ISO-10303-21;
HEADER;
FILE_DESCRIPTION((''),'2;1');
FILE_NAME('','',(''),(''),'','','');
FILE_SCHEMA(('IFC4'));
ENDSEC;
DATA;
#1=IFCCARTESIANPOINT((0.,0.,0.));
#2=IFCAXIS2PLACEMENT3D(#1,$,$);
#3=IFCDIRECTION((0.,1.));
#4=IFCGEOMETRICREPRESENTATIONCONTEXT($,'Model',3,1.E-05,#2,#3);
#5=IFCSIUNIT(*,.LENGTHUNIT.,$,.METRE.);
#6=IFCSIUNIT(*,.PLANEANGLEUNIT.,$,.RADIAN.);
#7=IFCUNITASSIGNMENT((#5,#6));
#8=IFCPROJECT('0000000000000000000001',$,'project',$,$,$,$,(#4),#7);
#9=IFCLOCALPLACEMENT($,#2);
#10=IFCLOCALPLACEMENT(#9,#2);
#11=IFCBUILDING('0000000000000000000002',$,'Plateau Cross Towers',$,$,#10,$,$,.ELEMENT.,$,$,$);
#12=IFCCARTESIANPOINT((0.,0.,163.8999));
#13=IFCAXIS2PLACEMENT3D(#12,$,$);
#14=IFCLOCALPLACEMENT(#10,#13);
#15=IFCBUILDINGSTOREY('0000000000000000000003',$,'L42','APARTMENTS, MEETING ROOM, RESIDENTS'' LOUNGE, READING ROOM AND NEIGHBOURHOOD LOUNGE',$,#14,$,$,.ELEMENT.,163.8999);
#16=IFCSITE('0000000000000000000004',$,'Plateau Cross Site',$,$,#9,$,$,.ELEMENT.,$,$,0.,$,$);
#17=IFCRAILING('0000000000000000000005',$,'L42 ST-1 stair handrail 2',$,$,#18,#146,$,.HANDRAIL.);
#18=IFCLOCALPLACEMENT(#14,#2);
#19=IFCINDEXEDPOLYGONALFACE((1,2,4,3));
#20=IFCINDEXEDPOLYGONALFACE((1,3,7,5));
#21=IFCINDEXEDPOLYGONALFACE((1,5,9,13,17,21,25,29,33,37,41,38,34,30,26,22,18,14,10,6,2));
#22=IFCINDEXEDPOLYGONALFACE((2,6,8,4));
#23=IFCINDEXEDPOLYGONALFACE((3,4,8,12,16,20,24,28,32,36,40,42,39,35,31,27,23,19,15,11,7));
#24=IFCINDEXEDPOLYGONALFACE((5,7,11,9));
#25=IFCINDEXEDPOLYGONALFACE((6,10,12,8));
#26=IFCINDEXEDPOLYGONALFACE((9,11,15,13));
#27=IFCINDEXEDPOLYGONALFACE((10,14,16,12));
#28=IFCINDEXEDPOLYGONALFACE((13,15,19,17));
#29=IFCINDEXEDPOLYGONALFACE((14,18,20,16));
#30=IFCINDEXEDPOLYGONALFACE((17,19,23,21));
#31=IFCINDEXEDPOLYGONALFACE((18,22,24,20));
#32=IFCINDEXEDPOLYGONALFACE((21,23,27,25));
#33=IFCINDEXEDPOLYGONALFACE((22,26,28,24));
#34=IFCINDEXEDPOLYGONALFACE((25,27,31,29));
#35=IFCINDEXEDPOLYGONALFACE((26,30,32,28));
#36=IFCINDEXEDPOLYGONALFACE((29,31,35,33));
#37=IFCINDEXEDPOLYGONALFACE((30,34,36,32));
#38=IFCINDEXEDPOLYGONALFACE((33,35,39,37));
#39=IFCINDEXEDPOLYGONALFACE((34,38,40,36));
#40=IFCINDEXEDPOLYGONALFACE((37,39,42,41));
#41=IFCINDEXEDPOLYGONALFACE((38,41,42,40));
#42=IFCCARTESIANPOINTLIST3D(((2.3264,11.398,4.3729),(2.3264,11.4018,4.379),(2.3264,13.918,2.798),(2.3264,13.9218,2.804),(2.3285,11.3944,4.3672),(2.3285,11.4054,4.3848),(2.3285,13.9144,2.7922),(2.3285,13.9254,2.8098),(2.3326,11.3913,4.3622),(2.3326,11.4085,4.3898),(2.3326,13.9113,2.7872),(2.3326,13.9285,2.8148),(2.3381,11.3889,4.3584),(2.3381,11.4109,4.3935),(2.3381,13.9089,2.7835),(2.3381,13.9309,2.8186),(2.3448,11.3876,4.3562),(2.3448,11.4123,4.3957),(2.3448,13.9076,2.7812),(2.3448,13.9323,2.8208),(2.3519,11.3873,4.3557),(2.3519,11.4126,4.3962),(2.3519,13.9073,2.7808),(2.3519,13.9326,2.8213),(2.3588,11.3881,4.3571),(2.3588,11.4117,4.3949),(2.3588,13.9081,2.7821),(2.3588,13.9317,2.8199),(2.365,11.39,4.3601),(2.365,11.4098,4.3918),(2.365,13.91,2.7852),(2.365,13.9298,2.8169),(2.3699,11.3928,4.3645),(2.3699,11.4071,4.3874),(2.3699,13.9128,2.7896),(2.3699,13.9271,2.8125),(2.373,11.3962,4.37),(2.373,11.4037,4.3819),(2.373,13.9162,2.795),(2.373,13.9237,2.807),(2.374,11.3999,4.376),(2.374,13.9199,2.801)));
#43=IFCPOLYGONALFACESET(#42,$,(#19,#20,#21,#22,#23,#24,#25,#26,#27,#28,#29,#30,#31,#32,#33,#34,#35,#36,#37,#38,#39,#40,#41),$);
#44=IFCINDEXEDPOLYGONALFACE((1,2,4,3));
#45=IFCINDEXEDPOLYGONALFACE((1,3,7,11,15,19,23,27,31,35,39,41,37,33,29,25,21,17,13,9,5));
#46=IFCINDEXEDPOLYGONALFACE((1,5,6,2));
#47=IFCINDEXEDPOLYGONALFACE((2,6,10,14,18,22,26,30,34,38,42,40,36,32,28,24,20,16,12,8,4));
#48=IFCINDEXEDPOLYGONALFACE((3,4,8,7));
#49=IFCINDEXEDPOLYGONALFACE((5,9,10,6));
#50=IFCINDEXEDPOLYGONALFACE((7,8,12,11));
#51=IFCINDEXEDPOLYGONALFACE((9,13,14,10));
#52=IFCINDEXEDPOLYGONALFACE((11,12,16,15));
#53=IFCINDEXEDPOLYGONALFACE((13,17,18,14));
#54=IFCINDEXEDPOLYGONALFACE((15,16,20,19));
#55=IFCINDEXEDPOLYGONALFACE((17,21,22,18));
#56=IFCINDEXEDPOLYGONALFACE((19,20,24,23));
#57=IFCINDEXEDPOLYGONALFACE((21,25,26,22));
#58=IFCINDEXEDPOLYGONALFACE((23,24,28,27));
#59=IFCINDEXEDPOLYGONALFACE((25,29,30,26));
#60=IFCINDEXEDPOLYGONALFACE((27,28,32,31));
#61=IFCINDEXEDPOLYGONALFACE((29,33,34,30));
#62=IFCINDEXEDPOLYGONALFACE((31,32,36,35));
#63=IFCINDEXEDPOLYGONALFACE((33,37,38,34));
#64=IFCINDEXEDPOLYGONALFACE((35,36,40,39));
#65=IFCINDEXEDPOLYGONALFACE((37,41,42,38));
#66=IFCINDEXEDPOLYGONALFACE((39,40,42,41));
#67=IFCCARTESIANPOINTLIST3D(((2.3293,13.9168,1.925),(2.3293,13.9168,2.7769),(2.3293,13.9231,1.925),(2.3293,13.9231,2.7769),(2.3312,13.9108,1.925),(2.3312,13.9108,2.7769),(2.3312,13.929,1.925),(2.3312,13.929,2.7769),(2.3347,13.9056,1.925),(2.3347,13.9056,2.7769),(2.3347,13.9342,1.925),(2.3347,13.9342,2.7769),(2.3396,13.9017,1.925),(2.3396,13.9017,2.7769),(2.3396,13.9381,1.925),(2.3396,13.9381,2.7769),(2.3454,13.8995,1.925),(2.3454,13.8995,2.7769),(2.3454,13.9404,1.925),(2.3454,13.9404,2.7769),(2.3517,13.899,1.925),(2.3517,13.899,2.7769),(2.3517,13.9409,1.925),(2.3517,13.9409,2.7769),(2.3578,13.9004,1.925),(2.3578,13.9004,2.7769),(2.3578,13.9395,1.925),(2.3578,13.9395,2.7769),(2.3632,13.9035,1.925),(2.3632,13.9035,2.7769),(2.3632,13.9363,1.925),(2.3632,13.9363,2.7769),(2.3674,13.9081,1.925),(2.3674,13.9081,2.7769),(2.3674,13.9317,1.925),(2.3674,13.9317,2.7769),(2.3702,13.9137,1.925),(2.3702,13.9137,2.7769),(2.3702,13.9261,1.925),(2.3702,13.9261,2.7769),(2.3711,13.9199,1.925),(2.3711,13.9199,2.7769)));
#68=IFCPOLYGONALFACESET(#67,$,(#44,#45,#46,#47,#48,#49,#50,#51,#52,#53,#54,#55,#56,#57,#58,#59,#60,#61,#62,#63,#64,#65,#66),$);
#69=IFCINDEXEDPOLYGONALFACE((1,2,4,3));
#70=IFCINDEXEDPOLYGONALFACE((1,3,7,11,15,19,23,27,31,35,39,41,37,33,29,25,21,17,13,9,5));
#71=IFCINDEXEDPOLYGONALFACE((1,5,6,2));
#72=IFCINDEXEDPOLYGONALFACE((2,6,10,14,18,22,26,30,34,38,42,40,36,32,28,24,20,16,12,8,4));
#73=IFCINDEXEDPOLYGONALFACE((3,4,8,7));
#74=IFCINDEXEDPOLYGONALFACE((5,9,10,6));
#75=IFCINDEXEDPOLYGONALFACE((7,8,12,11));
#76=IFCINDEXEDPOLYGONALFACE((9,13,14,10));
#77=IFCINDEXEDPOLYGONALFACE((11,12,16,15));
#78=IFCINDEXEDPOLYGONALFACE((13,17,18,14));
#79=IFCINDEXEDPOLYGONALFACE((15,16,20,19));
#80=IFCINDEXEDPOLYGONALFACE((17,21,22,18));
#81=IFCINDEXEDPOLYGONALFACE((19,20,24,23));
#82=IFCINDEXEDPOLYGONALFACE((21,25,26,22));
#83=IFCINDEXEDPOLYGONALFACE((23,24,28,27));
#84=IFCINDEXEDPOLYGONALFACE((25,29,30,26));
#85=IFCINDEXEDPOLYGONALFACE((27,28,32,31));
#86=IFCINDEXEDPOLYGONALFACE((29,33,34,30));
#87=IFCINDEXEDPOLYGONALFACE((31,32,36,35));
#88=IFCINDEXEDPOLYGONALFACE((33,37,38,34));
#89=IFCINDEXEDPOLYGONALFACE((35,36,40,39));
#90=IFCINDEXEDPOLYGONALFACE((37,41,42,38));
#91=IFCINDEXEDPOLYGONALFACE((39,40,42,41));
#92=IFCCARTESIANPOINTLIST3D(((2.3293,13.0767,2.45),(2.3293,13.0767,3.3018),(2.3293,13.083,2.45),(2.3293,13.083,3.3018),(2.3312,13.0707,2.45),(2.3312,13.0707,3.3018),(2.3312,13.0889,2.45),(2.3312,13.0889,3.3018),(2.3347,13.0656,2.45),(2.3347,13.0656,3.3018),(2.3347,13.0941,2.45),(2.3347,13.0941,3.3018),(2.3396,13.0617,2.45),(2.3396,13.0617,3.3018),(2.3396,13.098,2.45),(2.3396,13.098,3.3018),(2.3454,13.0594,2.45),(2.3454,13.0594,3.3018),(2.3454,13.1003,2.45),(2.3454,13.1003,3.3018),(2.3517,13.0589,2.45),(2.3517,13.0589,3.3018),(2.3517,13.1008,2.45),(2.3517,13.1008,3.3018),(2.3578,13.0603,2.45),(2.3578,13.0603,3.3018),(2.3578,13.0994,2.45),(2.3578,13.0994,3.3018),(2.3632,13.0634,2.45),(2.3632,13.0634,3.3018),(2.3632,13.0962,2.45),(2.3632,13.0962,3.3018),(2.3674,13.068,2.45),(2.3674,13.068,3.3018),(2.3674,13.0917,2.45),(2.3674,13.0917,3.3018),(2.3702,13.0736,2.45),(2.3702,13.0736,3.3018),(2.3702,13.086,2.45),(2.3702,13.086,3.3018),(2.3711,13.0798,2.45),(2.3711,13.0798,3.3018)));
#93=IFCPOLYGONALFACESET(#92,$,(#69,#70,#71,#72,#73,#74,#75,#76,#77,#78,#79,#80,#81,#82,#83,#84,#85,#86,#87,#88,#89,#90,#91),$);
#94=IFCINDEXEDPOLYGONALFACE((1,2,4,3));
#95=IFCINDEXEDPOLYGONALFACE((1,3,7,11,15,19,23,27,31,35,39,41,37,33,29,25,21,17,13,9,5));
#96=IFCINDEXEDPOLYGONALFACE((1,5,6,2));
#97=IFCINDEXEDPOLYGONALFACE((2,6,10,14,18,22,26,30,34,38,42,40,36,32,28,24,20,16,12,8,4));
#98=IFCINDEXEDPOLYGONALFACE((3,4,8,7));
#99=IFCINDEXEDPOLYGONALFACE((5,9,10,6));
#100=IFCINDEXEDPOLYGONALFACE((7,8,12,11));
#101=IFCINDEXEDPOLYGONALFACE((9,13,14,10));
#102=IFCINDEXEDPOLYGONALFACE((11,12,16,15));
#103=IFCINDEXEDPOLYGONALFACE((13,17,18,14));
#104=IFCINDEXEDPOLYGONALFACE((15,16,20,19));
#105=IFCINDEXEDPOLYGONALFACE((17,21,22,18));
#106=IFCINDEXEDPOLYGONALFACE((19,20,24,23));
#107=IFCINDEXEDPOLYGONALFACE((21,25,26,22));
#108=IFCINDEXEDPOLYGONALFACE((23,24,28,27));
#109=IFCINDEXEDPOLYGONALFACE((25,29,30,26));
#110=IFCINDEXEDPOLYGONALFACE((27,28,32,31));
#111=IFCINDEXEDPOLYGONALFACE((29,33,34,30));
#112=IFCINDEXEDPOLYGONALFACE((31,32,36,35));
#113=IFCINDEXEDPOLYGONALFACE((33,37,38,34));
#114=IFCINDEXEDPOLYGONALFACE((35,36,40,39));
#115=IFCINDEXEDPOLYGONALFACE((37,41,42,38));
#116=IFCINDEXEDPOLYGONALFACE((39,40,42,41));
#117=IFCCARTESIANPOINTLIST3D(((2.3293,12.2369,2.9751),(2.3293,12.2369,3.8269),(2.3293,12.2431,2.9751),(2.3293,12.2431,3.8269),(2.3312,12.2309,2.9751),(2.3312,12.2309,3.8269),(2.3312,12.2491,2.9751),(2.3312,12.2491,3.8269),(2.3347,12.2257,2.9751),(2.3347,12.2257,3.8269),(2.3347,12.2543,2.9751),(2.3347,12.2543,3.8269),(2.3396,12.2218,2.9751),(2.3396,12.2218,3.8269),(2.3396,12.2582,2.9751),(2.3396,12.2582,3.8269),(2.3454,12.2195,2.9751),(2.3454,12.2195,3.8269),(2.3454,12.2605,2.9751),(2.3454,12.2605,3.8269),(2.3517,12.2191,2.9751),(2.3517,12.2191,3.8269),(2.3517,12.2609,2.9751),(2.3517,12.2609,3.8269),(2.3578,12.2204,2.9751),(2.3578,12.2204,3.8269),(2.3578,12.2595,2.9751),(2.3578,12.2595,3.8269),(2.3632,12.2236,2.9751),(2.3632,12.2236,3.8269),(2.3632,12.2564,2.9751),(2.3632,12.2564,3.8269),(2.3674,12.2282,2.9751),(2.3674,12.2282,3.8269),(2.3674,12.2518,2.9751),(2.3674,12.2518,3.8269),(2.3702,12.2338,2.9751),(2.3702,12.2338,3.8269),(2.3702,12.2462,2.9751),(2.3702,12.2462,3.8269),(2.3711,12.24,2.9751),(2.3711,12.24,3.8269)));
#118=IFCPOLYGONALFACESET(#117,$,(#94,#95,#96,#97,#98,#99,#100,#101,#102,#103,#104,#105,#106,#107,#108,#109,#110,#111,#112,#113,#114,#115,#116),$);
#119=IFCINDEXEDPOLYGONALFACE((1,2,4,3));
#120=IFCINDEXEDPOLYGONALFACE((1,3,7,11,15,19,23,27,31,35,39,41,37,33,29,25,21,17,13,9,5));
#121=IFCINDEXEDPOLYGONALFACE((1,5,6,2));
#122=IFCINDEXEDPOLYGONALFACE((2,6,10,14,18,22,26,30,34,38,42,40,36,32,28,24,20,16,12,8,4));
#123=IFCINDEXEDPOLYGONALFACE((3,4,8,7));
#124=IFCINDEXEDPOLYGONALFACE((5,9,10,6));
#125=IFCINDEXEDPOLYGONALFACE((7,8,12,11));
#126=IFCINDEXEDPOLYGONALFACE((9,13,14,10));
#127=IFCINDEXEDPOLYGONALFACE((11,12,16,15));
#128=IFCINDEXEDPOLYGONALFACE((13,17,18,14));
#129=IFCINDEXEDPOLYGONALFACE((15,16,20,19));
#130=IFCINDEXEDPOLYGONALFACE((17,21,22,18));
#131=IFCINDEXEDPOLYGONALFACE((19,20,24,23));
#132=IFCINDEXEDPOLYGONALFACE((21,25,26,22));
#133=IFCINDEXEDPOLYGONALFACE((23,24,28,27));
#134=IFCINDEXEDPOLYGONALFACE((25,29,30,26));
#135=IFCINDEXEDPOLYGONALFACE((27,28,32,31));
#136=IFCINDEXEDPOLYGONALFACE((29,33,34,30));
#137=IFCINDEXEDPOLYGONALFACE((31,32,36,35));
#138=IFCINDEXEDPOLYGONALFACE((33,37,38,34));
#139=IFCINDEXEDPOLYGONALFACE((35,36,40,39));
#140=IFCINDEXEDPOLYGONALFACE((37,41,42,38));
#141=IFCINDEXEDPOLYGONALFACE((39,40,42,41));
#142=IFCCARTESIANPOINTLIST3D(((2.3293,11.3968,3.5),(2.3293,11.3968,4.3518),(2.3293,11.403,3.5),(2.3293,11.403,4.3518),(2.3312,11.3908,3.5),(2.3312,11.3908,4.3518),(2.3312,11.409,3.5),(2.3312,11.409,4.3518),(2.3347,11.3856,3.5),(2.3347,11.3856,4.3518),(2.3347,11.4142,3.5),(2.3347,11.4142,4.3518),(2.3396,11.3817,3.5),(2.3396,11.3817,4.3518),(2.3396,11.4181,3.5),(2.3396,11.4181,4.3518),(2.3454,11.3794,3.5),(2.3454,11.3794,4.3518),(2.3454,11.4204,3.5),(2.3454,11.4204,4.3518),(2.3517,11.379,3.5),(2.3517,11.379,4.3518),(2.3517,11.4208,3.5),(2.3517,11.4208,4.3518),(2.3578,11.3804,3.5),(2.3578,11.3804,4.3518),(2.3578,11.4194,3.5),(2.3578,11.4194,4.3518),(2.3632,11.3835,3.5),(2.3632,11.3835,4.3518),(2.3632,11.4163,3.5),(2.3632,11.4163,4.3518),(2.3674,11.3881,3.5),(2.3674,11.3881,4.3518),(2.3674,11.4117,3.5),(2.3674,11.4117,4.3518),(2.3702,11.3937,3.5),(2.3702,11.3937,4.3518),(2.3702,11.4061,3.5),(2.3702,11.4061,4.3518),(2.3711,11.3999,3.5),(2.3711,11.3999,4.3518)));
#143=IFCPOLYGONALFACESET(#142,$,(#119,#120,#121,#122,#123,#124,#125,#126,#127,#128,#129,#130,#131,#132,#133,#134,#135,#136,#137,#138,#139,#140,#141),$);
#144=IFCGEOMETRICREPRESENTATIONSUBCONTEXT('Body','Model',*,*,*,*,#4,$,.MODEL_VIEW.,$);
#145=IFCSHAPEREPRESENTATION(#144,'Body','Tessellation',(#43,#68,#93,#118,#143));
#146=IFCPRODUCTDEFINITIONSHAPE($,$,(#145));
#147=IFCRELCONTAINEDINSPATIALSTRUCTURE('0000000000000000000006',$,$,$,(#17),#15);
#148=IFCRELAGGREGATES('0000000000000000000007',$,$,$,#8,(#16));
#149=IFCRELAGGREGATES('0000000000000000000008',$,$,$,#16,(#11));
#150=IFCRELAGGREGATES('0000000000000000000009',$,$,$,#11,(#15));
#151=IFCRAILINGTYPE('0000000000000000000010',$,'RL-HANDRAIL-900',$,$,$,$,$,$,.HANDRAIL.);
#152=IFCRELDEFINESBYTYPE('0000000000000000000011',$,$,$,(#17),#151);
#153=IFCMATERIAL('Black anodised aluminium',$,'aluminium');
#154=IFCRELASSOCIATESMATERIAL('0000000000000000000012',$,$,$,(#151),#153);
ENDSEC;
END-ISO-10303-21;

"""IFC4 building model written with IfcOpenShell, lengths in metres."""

from ifc_helpers import new_model, si_unit, direction, frame, origin, origin_2d, place, context, subcontext, project, spatial, circle, extrude, material, type_object, element, save


model = new_model("IFC4")

# Units and contexts
model_context = context("Model", 3, precision=1e-05, world=origin(), true_north=direction((0.0, 1.0)))
body_context = subcontext(model_context, "Body", "Model", "MODEL_VIEW")
ifc_project = project(units=[si_unit("LENGTHUNIT", "METRE"), si_unit("PLANEANGLEUNIT", "RADIAN")], contexts=[model_context])

# Site, building, storey
site_placement = place(None, origin())
site = spatial("IfcSite", under=ifc_project, at=site_placement, Name="Plateau Cross Site", CompositionType="ELEMENT", RefElevation=0.0)
building_placement = place(site_placement, origin())
building = spatial("IfcBuilding", under=site, at=building_placement, Name="Plateau Cross Towers", CompositionType="ELEMENT")
storey_placement = place(building_placement, frame((0.0, 0.0, 163.8999)))
storey = spatial("IfcBuildingStorey", under=building, at=storey_placement, Name="L42", Description="APARTMENTS, MEETING ROOM, RESIDENTS' LOUNGE, READING ROOM AND NEIGHBOURHOOD LOUNGE", CompositionType="ELEMENT", Elevation=163.8999)

# Shared definitions
ifc_material_1 = material(Name="Black anodised aluminium", Category="aluminium")

# Railing
railing_type_1 = type_object("IfcRailingType", Name="RL-HANDRAIL-900", PredefinedType="HANDRAIL", material=ifc_material_1)
railing_1_placement = place(storey_placement, frame((2.3501, 13.9199, 1.925)))
element("IfcRailing", 1, at=railing_1_placement, inside=storey, type_object=railing_type_1, Name="L42 ST-1 stair handrail 2", PredefinedType="HANDRAIL", context=body_context, shape_type="SweptSolid", body=[
    extrude(circle(Radius=0.0239, at=origin_2d()), frame((0.0, 0.0, 0.876), z_axis=(0.0, -0.848008, 0.529984), x_axis=(1.0, 0.0, 0.0)), (0.0, 0.0, 1.0), 2.9717),
    extrude(circle(Radius=0.021, at=origin_2d()), origin(), (0.0, 0.0, 1.0), 0.8518),
    extrude(circle(Radius=0.021, at=origin_2d()), frame((0.0, -0.8401, 0.5249)), (0.0, 0.0, 1.0), 0.8518),
    extrude(circle(Radius=0.021, at=origin_2d()), frame((0.0, -1.6799, 1.05)), (0.0, 0.0, 1.0), 0.8518),
    extrude(circle(Radius=0.021, at=origin_2d()), frame((0.0, -2.52, 1.575)), (0.0, 0.0, 1.0), 0.8518),
])

save(model, "model.ifc")
